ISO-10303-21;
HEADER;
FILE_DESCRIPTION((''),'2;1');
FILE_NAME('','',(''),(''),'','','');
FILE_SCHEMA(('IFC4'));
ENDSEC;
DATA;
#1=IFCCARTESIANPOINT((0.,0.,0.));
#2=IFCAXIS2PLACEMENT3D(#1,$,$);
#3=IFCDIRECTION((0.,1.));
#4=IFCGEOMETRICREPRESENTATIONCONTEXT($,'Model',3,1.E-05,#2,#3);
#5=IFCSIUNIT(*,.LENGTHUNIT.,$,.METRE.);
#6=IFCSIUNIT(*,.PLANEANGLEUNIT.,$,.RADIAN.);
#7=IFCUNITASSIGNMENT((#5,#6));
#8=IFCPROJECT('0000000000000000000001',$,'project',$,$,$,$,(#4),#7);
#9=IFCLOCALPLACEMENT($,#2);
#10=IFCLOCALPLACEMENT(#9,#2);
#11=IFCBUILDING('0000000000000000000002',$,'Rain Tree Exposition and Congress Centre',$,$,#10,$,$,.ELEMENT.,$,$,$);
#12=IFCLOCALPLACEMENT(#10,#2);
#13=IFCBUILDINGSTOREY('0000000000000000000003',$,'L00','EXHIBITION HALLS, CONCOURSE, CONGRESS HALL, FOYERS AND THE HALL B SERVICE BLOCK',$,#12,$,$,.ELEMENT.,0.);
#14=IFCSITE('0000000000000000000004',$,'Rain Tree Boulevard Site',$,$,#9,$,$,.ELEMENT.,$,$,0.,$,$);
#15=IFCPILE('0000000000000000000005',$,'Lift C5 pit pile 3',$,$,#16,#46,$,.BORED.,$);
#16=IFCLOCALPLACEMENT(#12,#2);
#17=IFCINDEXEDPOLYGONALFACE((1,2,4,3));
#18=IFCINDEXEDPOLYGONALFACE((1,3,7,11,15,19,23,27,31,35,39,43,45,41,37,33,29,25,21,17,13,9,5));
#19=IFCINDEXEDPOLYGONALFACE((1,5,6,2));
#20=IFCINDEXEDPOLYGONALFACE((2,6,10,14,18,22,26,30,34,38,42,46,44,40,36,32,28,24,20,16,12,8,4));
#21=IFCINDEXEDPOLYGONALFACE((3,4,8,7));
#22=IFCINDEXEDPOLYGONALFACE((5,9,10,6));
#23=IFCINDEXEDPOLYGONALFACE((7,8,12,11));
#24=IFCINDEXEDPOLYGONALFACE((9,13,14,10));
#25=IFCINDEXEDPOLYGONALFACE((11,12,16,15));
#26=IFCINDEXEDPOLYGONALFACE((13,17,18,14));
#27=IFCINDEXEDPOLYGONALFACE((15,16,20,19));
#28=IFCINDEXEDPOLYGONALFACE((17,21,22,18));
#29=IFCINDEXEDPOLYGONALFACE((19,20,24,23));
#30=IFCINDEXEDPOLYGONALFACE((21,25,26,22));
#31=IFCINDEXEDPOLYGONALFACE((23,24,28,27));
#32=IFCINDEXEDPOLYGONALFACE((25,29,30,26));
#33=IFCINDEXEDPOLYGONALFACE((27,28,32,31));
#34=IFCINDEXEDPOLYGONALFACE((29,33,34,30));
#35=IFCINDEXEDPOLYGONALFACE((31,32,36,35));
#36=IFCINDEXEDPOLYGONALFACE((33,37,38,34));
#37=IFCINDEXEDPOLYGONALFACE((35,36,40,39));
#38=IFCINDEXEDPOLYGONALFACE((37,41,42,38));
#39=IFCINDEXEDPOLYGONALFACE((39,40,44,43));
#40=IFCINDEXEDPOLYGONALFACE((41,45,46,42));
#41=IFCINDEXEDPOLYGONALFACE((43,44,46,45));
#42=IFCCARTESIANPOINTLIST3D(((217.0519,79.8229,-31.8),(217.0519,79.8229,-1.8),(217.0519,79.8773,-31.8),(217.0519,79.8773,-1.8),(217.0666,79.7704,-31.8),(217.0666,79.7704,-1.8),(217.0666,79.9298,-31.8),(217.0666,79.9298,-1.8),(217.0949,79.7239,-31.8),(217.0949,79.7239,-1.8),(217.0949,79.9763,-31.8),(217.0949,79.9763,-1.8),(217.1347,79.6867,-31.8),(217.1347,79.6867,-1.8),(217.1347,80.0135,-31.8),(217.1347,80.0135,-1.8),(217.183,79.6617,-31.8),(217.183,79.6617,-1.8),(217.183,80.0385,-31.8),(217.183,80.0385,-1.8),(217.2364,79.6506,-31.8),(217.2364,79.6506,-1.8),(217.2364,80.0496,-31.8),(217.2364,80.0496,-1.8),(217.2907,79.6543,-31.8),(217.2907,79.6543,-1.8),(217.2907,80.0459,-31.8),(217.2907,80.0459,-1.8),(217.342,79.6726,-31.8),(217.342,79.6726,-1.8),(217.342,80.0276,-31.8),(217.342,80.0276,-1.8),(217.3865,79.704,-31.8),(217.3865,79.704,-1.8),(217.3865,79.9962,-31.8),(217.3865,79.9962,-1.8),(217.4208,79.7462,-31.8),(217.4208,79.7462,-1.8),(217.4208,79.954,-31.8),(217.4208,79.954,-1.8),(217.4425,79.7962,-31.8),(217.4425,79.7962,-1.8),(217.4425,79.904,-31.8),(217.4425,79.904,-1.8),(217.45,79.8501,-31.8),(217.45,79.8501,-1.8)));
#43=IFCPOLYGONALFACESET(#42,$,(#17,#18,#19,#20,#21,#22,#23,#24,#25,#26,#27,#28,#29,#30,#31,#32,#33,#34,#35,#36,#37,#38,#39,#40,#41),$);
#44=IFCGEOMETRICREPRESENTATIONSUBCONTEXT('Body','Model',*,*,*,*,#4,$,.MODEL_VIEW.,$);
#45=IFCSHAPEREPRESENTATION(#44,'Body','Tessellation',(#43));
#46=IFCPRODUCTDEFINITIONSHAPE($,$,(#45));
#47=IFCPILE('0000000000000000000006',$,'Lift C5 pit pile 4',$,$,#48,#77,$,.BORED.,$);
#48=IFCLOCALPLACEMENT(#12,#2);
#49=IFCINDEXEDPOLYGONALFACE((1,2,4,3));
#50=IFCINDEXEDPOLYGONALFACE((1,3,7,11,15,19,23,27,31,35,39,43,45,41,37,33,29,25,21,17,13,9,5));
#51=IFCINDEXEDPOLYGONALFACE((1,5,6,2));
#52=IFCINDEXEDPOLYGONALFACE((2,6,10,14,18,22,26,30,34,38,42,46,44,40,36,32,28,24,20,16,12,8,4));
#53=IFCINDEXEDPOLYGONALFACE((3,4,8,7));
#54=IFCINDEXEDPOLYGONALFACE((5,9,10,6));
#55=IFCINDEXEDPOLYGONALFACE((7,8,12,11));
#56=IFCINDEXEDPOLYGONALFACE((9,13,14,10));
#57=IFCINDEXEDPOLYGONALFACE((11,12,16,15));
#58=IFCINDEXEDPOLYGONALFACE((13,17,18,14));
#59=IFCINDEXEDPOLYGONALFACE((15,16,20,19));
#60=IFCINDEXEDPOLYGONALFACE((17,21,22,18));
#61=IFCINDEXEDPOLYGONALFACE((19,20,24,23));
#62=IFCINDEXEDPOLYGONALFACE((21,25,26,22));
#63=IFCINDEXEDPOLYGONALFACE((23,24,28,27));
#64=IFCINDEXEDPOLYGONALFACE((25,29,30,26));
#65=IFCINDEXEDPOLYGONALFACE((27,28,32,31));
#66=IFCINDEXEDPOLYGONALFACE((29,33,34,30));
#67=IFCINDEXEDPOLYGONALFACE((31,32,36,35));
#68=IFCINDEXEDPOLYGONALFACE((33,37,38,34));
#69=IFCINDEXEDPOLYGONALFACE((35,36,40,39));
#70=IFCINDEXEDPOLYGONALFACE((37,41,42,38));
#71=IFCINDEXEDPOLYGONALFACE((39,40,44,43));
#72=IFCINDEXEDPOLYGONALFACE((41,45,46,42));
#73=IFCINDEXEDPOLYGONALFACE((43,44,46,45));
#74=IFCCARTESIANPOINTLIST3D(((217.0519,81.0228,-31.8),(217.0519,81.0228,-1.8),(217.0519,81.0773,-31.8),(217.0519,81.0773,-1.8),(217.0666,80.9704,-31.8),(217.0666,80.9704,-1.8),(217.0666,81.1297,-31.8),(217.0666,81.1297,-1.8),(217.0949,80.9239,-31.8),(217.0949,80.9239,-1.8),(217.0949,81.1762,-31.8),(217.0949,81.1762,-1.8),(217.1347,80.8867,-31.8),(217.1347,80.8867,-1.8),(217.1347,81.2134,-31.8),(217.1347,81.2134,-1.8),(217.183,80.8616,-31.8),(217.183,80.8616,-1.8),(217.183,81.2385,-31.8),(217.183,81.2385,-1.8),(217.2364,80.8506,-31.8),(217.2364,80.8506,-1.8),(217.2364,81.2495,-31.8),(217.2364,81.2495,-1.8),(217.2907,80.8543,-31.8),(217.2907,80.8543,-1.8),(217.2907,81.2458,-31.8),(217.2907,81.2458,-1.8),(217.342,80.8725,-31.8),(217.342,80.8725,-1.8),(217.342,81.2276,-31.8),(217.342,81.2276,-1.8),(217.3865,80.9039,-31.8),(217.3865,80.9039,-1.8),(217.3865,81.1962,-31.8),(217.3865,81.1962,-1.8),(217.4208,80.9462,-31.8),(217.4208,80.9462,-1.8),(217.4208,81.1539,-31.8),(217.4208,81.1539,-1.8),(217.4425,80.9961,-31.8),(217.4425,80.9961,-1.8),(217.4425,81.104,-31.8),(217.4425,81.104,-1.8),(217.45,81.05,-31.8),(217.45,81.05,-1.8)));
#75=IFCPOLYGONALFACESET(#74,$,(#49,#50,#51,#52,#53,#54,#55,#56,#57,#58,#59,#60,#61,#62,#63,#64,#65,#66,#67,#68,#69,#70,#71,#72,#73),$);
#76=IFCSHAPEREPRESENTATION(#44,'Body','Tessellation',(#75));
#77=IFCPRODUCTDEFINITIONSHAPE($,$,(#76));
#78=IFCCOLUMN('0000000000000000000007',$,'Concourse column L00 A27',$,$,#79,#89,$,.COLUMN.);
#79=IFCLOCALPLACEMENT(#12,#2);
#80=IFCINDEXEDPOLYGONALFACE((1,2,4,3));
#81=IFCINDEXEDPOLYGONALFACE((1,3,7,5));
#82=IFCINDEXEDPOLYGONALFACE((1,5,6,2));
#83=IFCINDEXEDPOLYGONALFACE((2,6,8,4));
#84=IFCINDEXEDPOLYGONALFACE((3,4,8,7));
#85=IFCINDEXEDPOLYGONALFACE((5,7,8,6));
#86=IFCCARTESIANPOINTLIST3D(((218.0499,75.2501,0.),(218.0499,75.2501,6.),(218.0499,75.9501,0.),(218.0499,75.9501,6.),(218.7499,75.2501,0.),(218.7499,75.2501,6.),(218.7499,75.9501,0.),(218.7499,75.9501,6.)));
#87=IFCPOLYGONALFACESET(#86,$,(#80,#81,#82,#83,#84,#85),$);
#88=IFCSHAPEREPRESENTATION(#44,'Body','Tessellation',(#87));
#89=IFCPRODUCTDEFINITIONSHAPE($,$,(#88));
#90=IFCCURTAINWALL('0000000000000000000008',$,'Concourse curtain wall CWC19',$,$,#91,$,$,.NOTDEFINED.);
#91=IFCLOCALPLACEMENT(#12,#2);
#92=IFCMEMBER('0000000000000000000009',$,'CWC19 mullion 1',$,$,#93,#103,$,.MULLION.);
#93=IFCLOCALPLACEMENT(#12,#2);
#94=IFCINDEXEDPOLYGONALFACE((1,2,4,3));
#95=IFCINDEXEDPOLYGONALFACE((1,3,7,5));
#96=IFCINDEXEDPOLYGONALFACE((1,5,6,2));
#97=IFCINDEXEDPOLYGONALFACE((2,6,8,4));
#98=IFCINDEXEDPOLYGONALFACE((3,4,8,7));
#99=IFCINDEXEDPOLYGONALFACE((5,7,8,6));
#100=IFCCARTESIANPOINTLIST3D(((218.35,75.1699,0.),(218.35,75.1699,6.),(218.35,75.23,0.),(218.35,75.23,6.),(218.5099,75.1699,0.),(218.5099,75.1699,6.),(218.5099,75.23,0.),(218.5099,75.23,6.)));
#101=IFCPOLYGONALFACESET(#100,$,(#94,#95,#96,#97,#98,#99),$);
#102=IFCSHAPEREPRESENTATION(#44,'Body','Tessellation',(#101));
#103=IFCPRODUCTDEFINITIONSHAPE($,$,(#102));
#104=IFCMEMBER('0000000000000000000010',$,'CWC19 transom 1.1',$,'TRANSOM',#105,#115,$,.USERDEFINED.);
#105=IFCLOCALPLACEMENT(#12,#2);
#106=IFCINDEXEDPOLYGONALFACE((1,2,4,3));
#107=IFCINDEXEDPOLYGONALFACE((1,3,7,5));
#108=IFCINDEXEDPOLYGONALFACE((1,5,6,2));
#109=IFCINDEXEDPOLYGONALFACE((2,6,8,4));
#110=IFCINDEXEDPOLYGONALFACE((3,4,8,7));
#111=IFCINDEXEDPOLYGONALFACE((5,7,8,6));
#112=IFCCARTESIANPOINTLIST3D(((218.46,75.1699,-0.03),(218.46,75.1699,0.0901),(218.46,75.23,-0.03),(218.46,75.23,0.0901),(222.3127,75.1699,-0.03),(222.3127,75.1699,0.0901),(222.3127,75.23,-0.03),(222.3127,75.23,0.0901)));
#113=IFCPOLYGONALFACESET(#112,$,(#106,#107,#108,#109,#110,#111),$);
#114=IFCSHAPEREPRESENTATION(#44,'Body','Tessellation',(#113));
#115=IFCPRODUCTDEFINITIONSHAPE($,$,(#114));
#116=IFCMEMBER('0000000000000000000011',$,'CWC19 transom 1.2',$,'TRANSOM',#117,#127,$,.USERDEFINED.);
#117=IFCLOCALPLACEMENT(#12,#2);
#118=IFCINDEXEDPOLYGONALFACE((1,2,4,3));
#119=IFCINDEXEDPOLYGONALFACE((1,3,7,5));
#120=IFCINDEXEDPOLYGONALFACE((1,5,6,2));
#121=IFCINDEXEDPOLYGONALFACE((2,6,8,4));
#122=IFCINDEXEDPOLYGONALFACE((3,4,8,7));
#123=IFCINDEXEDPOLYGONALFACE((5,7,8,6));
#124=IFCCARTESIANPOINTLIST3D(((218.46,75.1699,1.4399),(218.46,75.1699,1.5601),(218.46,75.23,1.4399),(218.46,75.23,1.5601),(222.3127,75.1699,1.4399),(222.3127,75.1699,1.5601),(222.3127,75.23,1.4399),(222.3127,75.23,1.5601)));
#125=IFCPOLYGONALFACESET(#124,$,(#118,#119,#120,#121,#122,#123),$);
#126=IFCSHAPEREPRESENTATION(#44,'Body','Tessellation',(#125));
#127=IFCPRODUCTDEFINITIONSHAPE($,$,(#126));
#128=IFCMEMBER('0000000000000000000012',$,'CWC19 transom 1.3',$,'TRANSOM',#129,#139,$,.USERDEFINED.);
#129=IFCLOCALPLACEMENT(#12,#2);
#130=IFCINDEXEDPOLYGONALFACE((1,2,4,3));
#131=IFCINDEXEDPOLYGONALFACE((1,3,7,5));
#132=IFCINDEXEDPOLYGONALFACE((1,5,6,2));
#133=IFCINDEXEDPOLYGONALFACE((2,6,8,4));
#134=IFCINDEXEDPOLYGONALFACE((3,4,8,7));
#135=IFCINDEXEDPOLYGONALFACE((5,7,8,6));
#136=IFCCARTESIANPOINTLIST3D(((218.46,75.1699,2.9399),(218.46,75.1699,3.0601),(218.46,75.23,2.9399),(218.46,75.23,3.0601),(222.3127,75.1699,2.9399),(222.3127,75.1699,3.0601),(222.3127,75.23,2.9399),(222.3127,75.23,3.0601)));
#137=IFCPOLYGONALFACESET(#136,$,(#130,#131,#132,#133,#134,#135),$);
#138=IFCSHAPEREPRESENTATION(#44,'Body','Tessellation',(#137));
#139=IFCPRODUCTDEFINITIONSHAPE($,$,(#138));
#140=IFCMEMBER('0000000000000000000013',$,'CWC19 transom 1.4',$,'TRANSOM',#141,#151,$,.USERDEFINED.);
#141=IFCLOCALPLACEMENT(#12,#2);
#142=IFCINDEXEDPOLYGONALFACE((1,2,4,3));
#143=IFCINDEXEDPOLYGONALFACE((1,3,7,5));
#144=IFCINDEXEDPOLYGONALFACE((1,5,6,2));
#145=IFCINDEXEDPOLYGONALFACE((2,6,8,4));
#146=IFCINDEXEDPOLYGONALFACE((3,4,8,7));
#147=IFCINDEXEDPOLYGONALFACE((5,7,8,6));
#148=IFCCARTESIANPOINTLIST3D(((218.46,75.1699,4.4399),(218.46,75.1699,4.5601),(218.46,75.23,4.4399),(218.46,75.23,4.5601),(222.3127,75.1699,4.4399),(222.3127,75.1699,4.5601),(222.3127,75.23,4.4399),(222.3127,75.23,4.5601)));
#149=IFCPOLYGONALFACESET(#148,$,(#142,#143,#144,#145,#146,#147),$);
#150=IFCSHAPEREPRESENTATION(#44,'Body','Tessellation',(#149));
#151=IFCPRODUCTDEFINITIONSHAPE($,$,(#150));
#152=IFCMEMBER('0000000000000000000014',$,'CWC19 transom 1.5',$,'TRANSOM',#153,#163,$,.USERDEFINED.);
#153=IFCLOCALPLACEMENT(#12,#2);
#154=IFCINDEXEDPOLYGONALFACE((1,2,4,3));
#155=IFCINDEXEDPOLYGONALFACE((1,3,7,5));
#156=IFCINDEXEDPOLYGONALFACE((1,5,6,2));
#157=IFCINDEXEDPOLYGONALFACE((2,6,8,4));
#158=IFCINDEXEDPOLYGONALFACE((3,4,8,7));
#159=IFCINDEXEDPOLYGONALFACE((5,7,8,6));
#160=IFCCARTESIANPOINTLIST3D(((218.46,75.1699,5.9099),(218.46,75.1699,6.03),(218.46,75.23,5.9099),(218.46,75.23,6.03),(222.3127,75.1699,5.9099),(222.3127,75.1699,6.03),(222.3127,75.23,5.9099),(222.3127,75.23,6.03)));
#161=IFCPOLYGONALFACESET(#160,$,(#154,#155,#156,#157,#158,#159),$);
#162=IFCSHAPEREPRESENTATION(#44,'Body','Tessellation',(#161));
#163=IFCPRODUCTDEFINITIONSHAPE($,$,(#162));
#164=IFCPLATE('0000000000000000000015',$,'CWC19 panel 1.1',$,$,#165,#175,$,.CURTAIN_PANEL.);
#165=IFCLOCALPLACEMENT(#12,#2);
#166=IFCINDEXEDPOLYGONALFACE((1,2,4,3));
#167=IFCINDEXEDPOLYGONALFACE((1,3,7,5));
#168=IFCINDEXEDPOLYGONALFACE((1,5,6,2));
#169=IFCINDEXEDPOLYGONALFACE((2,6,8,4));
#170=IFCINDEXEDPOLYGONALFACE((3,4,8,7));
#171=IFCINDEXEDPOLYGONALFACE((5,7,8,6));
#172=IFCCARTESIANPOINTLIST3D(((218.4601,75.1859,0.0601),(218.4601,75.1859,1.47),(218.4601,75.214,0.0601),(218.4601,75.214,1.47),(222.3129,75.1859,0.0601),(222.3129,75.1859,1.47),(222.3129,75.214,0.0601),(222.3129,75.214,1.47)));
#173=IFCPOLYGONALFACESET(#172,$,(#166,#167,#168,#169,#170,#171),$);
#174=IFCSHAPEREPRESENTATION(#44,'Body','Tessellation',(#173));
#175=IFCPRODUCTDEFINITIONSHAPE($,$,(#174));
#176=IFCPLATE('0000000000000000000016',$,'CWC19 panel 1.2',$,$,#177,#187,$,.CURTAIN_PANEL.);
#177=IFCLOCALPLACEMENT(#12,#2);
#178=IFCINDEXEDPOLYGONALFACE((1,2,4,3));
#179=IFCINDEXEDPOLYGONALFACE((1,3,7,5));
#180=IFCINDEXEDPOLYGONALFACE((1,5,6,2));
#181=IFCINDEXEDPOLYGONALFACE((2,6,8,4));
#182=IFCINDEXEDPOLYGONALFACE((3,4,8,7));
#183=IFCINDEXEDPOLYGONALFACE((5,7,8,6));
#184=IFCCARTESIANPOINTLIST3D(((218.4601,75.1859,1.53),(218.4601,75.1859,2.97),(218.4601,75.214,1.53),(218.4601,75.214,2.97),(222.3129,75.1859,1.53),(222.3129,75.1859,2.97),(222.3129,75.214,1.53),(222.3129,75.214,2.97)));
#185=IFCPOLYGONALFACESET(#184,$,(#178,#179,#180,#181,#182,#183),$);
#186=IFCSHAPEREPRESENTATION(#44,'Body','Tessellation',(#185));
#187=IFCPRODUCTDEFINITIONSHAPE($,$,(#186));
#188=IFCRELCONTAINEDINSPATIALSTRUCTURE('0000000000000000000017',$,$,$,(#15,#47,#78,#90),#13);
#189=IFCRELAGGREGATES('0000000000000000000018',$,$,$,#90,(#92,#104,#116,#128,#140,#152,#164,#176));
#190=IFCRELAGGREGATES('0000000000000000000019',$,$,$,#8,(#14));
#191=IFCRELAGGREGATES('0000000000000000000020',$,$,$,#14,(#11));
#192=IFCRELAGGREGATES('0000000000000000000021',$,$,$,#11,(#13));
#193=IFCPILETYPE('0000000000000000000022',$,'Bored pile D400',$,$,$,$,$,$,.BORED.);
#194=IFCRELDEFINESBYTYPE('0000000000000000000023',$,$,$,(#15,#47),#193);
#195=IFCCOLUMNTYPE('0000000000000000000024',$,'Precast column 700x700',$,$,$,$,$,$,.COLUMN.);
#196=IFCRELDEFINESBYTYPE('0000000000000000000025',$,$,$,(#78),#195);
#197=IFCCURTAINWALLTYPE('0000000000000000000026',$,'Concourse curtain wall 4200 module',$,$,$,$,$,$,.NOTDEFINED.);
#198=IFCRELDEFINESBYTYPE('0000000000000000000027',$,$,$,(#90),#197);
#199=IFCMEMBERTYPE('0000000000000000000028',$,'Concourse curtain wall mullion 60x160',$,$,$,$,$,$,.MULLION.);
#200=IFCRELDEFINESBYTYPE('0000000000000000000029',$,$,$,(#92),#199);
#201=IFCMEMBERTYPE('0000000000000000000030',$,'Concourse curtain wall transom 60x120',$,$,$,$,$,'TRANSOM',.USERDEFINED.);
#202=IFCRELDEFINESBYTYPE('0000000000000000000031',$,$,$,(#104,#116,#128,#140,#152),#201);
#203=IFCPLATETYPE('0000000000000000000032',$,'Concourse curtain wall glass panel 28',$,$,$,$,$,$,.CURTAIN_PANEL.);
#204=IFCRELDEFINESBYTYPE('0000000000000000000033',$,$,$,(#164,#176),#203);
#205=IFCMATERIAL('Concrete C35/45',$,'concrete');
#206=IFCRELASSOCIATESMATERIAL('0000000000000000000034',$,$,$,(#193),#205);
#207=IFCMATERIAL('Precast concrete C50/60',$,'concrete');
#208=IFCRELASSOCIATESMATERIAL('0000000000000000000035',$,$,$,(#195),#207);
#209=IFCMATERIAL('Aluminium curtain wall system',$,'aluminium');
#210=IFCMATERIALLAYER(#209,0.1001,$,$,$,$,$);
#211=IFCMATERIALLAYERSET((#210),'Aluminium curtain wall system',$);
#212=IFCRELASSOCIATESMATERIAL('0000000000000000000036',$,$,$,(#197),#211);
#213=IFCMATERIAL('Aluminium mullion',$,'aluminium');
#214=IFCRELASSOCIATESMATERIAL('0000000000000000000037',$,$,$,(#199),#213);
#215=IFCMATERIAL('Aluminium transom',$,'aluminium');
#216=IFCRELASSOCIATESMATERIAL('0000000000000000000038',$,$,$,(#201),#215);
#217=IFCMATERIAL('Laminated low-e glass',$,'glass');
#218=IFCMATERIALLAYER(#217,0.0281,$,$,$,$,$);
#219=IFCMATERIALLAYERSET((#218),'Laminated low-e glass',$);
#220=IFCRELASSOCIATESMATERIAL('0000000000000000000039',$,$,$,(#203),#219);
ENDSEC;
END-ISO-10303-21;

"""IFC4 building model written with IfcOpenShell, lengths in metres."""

from ifc_helpers import new_model, si_unit, direction, frame, origin, origin_2d, place, context, subcontext, project, spatial, rectangle, circle, extrude, material, layer, layer_set, material_profile, profile_set, type_object, element, aggregate, save


model = new_model("IFC4")

# Units and contexts
model_context = context("Model", 3, precision=1e-05, world=origin(), true_north=direction((0.0, 1.0)))
body_context = subcontext(model_context, "Body", "Model", "MODEL_VIEW")
ifc_project = project(units=[si_unit("LENGTHUNIT", "METRE"), si_unit("PLANEANGLEUNIT", "RADIAN")], contexts=[model_context])

# Site, building, storey
site_placement = place(None, origin())
site = spatial("IfcSite", under=ifc_project, at=site_placement, Name="Rain Tree Boulevard Site", CompositionType="ELEMENT", RefElevation=0.0)
building_placement = place(site_placement, origin())
building = spatial("IfcBuilding", under=site, at=building_placement, Name="Rain Tree Exposition and Congress Centre", CompositionType="ELEMENT")
storey_placement = place(building_placement, origin())
storey = spatial("IfcBuildingStorey", under=building, at=storey_placement, Name="L00", Description="EXHIBITION HALLS, CONCOURSE, CONGRESS HALL, FOYERS AND THE HALL B SERVICE BLOCK", CompositionType="ELEMENT", Elevation=0.0)

# Piles
ifc_material_1 = material(Name="Concrete C35/45", Category="concrete")
ifc_material_profile_1 = material_profile(ifc_material_1, circle(Radius=0.2, at=origin_2d()), Name="D400")
ifc_profile_set_1 = profile_set([ifc_material_profile_1], Name="Concrete C35/45")
pile_type = type_object("IfcPileType", Name="Bored pile D400", PredefinedType="BORED", material=ifc_profile_set_1)
for number, where, z_axis, x_axis, name in (
    (1, (217.25, 79.8501, -1.8), (0.0, 0.0, -1.0), (1.0, 0.0, 0.0), "Lift C5 pit pile 3"),
    (2, (217.25, 81.05, -1.8), (0.0, 0.0, -1.0), (1.0, 0.0, 0.0), "Lift C5 pit pile 4"),
):
    element("IfcPile", number, at=place(storey_placement, frame(where, z_axis=z_axis, x_axis=x_axis)), inside=storey, type_object=pile_type, Name=name, PredefinedType="BORED", context=body_context, shape_type="SweptSolid", body=[
        extrude(circle(Radius=0.2, at=origin_2d()), origin(), (0.0, 0.0, 1.0), 30.0),
    ])

# Column
ifc_material_2 = material(Name="Precast concrete C50/60", Category="concrete")
ifc_material_profile_2 = material_profile(ifc_material_2, rectangle(XDim=0.7, YDim=0.7, at=origin_2d()), Name="RC 700x700")
ifc_profile_set_2 = profile_set([ifc_material_profile_2], Name="Precast concrete C50/60")
column_type = type_object("IfcColumnType", Name="Precast column 700x700", PredefinedType="COLUMN", material=ifc_profile_set_2)
column_placement = place(storey_placement, frame((218.3999, 75.6001, 0.0), z_axis=(0.0, 0.0, 1.0), x_axis=(1.0, 0.0, 0.0)))
element("IfcColumn", 3, at=column_placement, inside=storey, type_object=column_type, Name="Concourse column L00 A27", PredefinedType="COLUMN", context=body_context, shape_type="SweptSolid", body=[
    extrude(rectangle(XDim=0.7, YDim=0.7, at=origin_2d()), origin(), (0.0, 0.0, 1.0), 6.0),
])

# Curtain wall, members, plates
ifc_material_3 = material(Name="Aluminium curtain wall system", Category="aluminium")
ifc_layer_1 = layer(ifc_material_3, 0.1001)
ifc_layer_set_1 = layer_set([ifc_layer_1], Name="Aluminium curtain wall system")
curtain_wall_type = type_object("IfcCurtainWallType", Name="Concourse curtain wall 4200 module", PredefinedType="NOTDEFINED", material=ifc_layer_set_1)
curtain_wall_placement = place(storey_placement, origin())
curtain_wall = element("IfcCurtainWall", 4, at=curtain_wall_placement, inside=storey, type_object=curtain_wall_type, Name="Concourse curtain wall CWC19", PredefinedType="NOTDEFINED")
ifc_material_4 = material(Name="Aluminium mullion", Category="aluminium")
ifc_material_profile_3 = material_profile(ifc_material_4, rectangle(XDim=0.0601, YDim=0.1599, at=origin_2d()), Name="AL 60x160")
ifc_profile_set_3 = profile_set([ifc_material_profile_3], Name="Aluminium mullion")
member_type_1 = type_object("IfcMemberType", Name="Concourse curtain wall mullion 60x160", PredefinedType="MULLION", material=ifc_profile_set_3)
member_1_placement = place(storey_placement, frame((218.4299, 75.2, 0.0), z_axis=(0.0, 0.0, 1.0), x_axis=(0.0, 1.0, 0.0)))
member_1 = element("IfcMember", 5, at=member_1_placement, type_object=member_type_1, Name="CWC19 mullion 1", PredefinedType="MULLION", context=body_context, shape_type="SweptSolid", body=[
    extrude(rectangle(XDim=0.0601, YDim=0.1599, at=origin_2d()), origin(), (0.0, 0.0, 1.0), 6.0),
])
ifc_material_5 = material(Name="Aluminium transom", Category="aluminium")
ifc_material_profile_4 = material_profile(ifc_material_5, rectangle(XDim=0.0601, YDim=0.1201, at=origin_2d()), Name="AL 60x120")
ifc_profile_set_4 = profile_set([ifc_material_profile_4], Name="Aluminium transom")
member_type_2 = type_object("IfcMemberType", Name="Concourse curtain wall transom 60x120", ElementType="TRANSOM", PredefinedType="USERDEFINED", material=ifc_profile_set_4)
member_2_placement = place(storey_placement, frame((218.46, 75.2, 0.03), z_axis=(1.0, 0.0, 0.0), x_axis=(0.0, 1.0, 0.0)))
member_2 = element("IfcMember", 6, at=member_2_placement, type_object=member_type_2, Name="CWC19 transom 1.1", ObjectType="TRANSOM", PredefinedType="USERDEFINED", context=body_context, shape_type="SweptSolid", body=[
    extrude(rectangle(XDim=0.0601, YDim=0.1201, at=origin_2d()), origin(), (0.0, 0.0, 1.0), 3.8528),
])
member_3_placement = place(storey_placement, frame((218.46, 75.2, 1.5), z_axis=(1.0, 0.0, 0.0), x_axis=(0.0, 1.0, 0.0)))
member_3 = element("IfcMember", 7, at=member_3_placement, type_object=member_type_2, Name="CWC19 transom 1.2", ObjectType="TRANSOM", PredefinedType="USERDEFINED", context=body_context, shape_type="SweptSolid", body=[
    extrude(rectangle(XDim=0.0601, YDim=0.1201, at=origin_2d()), origin(), (0.0, 0.0, 1.0), 3.8528),
])
member_4_placement = place(storey_placement, frame((218.46, 75.2, 3.0), z_axis=(1.0, 0.0, 0.0), x_axis=(0.0, 1.0, 0.0)))
member_4 = element("IfcMember", 8, at=member_4_placement, type_object=member_type_2, Name="CWC19 transom 1.3", ObjectType="TRANSOM", PredefinedType="USERDEFINED", context=body_context, shape_type="SweptSolid", body=[
    extrude(rectangle(XDim=0.0601, YDim=0.1201, at=origin_2d()), origin(), (0.0, 0.0, 1.0), 3.8528),
])
member_5_placement = place(storey_placement, frame((218.46, 75.2, 4.5), z_axis=(1.0, 0.0, 0.0), x_axis=(0.0, 1.0, 0.0)))
member_5 = element("IfcMember", 9, at=member_5_placement, type_object=member_type_2, Name="CWC19 transom 1.4", ObjectType="TRANSOM", PredefinedType="USERDEFINED", context=body_context, shape_type="SweptSolid", body=[
    extrude(rectangle(XDim=0.0601, YDim=0.1201, at=origin_2d()), origin(), (0.0, 0.0, 1.0), 3.8528),
])
member_6_placement = place(storey_placement, frame((218.46, 75.2, 5.97), z_axis=(1.0, 0.0, 0.0), x_axis=(0.0, 1.0, 0.0)))
member_6 = element("IfcMember", 10, at=member_6_placement, type_object=member_type_2, Name="CWC19 transom 1.5", ObjectType="TRANSOM", PredefinedType="USERDEFINED", context=body_context, shape_type="SweptSolid", body=[
    extrude(rectangle(XDim=0.0601, YDim=0.1201, at=origin_2d()), origin(), (0.0, 0.0, 1.0), 3.8528),
])
ifc_material_6 = material(Name="Laminated low-e glass", Category="glass")
ifc_layer_2 = layer(ifc_material_6, 0.0281)
ifc_layer_set_2 = layer_set([ifc_layer_2], Name="Laminated low-e glass")
plate_type = type_object("IfcPlateType", Name="Concourse curtain wall glass panel 28", PredefinedType="CURTAIN_PANEL", material=ifc_layer_set_2)
plate_1_placement = place(storey_placement, frame((220.3865, 75.2, 0.0601), z_axis=(0.0, 0.0, 1.0), x_axis=(1.0, 0.0, 0.0)))
plate_1 = element("IfcPlate", 11, at=plate_1_placement, type_object=plate_type, Name="CWC19 panel 1.1", PredefinedType="CURTAIN_PANEL", context=body_context, shape_type="SweptSolid", body=[
    extrude(rectangle(XDim=3.8528, YDim=0.0281, at=origin_2d()), origin(), (0.0, 0.0, 1.0), 1.4099),
])
plate_2_placement = place(storey_placement, frame((220.3865, 75.2, 1.53), z_axis=(0.0, 0.0, 1.0), x_axis=(1.0, 0.0, 0.0)))
plate_2 = element("IfcPlate", 12, at=plate_2_placement, type_object=plate_type, Name="CWC19 panel 1.2", PredefinedType="CURTAIN_PANEL", context=body_context, shape_type="SweptSolid", body=[
    extrude(rectangle(XDim=3.8528, YDim=0.0281, at=origin_2d()), origin(), (0.0, 0.0, 1.0), 1.4399),
])
aggregate(curtain_wall, [member_1, member_2, member_3, member_4, member_5, member_6, plate_1, plate_2])

save(model, "model.ifc")
